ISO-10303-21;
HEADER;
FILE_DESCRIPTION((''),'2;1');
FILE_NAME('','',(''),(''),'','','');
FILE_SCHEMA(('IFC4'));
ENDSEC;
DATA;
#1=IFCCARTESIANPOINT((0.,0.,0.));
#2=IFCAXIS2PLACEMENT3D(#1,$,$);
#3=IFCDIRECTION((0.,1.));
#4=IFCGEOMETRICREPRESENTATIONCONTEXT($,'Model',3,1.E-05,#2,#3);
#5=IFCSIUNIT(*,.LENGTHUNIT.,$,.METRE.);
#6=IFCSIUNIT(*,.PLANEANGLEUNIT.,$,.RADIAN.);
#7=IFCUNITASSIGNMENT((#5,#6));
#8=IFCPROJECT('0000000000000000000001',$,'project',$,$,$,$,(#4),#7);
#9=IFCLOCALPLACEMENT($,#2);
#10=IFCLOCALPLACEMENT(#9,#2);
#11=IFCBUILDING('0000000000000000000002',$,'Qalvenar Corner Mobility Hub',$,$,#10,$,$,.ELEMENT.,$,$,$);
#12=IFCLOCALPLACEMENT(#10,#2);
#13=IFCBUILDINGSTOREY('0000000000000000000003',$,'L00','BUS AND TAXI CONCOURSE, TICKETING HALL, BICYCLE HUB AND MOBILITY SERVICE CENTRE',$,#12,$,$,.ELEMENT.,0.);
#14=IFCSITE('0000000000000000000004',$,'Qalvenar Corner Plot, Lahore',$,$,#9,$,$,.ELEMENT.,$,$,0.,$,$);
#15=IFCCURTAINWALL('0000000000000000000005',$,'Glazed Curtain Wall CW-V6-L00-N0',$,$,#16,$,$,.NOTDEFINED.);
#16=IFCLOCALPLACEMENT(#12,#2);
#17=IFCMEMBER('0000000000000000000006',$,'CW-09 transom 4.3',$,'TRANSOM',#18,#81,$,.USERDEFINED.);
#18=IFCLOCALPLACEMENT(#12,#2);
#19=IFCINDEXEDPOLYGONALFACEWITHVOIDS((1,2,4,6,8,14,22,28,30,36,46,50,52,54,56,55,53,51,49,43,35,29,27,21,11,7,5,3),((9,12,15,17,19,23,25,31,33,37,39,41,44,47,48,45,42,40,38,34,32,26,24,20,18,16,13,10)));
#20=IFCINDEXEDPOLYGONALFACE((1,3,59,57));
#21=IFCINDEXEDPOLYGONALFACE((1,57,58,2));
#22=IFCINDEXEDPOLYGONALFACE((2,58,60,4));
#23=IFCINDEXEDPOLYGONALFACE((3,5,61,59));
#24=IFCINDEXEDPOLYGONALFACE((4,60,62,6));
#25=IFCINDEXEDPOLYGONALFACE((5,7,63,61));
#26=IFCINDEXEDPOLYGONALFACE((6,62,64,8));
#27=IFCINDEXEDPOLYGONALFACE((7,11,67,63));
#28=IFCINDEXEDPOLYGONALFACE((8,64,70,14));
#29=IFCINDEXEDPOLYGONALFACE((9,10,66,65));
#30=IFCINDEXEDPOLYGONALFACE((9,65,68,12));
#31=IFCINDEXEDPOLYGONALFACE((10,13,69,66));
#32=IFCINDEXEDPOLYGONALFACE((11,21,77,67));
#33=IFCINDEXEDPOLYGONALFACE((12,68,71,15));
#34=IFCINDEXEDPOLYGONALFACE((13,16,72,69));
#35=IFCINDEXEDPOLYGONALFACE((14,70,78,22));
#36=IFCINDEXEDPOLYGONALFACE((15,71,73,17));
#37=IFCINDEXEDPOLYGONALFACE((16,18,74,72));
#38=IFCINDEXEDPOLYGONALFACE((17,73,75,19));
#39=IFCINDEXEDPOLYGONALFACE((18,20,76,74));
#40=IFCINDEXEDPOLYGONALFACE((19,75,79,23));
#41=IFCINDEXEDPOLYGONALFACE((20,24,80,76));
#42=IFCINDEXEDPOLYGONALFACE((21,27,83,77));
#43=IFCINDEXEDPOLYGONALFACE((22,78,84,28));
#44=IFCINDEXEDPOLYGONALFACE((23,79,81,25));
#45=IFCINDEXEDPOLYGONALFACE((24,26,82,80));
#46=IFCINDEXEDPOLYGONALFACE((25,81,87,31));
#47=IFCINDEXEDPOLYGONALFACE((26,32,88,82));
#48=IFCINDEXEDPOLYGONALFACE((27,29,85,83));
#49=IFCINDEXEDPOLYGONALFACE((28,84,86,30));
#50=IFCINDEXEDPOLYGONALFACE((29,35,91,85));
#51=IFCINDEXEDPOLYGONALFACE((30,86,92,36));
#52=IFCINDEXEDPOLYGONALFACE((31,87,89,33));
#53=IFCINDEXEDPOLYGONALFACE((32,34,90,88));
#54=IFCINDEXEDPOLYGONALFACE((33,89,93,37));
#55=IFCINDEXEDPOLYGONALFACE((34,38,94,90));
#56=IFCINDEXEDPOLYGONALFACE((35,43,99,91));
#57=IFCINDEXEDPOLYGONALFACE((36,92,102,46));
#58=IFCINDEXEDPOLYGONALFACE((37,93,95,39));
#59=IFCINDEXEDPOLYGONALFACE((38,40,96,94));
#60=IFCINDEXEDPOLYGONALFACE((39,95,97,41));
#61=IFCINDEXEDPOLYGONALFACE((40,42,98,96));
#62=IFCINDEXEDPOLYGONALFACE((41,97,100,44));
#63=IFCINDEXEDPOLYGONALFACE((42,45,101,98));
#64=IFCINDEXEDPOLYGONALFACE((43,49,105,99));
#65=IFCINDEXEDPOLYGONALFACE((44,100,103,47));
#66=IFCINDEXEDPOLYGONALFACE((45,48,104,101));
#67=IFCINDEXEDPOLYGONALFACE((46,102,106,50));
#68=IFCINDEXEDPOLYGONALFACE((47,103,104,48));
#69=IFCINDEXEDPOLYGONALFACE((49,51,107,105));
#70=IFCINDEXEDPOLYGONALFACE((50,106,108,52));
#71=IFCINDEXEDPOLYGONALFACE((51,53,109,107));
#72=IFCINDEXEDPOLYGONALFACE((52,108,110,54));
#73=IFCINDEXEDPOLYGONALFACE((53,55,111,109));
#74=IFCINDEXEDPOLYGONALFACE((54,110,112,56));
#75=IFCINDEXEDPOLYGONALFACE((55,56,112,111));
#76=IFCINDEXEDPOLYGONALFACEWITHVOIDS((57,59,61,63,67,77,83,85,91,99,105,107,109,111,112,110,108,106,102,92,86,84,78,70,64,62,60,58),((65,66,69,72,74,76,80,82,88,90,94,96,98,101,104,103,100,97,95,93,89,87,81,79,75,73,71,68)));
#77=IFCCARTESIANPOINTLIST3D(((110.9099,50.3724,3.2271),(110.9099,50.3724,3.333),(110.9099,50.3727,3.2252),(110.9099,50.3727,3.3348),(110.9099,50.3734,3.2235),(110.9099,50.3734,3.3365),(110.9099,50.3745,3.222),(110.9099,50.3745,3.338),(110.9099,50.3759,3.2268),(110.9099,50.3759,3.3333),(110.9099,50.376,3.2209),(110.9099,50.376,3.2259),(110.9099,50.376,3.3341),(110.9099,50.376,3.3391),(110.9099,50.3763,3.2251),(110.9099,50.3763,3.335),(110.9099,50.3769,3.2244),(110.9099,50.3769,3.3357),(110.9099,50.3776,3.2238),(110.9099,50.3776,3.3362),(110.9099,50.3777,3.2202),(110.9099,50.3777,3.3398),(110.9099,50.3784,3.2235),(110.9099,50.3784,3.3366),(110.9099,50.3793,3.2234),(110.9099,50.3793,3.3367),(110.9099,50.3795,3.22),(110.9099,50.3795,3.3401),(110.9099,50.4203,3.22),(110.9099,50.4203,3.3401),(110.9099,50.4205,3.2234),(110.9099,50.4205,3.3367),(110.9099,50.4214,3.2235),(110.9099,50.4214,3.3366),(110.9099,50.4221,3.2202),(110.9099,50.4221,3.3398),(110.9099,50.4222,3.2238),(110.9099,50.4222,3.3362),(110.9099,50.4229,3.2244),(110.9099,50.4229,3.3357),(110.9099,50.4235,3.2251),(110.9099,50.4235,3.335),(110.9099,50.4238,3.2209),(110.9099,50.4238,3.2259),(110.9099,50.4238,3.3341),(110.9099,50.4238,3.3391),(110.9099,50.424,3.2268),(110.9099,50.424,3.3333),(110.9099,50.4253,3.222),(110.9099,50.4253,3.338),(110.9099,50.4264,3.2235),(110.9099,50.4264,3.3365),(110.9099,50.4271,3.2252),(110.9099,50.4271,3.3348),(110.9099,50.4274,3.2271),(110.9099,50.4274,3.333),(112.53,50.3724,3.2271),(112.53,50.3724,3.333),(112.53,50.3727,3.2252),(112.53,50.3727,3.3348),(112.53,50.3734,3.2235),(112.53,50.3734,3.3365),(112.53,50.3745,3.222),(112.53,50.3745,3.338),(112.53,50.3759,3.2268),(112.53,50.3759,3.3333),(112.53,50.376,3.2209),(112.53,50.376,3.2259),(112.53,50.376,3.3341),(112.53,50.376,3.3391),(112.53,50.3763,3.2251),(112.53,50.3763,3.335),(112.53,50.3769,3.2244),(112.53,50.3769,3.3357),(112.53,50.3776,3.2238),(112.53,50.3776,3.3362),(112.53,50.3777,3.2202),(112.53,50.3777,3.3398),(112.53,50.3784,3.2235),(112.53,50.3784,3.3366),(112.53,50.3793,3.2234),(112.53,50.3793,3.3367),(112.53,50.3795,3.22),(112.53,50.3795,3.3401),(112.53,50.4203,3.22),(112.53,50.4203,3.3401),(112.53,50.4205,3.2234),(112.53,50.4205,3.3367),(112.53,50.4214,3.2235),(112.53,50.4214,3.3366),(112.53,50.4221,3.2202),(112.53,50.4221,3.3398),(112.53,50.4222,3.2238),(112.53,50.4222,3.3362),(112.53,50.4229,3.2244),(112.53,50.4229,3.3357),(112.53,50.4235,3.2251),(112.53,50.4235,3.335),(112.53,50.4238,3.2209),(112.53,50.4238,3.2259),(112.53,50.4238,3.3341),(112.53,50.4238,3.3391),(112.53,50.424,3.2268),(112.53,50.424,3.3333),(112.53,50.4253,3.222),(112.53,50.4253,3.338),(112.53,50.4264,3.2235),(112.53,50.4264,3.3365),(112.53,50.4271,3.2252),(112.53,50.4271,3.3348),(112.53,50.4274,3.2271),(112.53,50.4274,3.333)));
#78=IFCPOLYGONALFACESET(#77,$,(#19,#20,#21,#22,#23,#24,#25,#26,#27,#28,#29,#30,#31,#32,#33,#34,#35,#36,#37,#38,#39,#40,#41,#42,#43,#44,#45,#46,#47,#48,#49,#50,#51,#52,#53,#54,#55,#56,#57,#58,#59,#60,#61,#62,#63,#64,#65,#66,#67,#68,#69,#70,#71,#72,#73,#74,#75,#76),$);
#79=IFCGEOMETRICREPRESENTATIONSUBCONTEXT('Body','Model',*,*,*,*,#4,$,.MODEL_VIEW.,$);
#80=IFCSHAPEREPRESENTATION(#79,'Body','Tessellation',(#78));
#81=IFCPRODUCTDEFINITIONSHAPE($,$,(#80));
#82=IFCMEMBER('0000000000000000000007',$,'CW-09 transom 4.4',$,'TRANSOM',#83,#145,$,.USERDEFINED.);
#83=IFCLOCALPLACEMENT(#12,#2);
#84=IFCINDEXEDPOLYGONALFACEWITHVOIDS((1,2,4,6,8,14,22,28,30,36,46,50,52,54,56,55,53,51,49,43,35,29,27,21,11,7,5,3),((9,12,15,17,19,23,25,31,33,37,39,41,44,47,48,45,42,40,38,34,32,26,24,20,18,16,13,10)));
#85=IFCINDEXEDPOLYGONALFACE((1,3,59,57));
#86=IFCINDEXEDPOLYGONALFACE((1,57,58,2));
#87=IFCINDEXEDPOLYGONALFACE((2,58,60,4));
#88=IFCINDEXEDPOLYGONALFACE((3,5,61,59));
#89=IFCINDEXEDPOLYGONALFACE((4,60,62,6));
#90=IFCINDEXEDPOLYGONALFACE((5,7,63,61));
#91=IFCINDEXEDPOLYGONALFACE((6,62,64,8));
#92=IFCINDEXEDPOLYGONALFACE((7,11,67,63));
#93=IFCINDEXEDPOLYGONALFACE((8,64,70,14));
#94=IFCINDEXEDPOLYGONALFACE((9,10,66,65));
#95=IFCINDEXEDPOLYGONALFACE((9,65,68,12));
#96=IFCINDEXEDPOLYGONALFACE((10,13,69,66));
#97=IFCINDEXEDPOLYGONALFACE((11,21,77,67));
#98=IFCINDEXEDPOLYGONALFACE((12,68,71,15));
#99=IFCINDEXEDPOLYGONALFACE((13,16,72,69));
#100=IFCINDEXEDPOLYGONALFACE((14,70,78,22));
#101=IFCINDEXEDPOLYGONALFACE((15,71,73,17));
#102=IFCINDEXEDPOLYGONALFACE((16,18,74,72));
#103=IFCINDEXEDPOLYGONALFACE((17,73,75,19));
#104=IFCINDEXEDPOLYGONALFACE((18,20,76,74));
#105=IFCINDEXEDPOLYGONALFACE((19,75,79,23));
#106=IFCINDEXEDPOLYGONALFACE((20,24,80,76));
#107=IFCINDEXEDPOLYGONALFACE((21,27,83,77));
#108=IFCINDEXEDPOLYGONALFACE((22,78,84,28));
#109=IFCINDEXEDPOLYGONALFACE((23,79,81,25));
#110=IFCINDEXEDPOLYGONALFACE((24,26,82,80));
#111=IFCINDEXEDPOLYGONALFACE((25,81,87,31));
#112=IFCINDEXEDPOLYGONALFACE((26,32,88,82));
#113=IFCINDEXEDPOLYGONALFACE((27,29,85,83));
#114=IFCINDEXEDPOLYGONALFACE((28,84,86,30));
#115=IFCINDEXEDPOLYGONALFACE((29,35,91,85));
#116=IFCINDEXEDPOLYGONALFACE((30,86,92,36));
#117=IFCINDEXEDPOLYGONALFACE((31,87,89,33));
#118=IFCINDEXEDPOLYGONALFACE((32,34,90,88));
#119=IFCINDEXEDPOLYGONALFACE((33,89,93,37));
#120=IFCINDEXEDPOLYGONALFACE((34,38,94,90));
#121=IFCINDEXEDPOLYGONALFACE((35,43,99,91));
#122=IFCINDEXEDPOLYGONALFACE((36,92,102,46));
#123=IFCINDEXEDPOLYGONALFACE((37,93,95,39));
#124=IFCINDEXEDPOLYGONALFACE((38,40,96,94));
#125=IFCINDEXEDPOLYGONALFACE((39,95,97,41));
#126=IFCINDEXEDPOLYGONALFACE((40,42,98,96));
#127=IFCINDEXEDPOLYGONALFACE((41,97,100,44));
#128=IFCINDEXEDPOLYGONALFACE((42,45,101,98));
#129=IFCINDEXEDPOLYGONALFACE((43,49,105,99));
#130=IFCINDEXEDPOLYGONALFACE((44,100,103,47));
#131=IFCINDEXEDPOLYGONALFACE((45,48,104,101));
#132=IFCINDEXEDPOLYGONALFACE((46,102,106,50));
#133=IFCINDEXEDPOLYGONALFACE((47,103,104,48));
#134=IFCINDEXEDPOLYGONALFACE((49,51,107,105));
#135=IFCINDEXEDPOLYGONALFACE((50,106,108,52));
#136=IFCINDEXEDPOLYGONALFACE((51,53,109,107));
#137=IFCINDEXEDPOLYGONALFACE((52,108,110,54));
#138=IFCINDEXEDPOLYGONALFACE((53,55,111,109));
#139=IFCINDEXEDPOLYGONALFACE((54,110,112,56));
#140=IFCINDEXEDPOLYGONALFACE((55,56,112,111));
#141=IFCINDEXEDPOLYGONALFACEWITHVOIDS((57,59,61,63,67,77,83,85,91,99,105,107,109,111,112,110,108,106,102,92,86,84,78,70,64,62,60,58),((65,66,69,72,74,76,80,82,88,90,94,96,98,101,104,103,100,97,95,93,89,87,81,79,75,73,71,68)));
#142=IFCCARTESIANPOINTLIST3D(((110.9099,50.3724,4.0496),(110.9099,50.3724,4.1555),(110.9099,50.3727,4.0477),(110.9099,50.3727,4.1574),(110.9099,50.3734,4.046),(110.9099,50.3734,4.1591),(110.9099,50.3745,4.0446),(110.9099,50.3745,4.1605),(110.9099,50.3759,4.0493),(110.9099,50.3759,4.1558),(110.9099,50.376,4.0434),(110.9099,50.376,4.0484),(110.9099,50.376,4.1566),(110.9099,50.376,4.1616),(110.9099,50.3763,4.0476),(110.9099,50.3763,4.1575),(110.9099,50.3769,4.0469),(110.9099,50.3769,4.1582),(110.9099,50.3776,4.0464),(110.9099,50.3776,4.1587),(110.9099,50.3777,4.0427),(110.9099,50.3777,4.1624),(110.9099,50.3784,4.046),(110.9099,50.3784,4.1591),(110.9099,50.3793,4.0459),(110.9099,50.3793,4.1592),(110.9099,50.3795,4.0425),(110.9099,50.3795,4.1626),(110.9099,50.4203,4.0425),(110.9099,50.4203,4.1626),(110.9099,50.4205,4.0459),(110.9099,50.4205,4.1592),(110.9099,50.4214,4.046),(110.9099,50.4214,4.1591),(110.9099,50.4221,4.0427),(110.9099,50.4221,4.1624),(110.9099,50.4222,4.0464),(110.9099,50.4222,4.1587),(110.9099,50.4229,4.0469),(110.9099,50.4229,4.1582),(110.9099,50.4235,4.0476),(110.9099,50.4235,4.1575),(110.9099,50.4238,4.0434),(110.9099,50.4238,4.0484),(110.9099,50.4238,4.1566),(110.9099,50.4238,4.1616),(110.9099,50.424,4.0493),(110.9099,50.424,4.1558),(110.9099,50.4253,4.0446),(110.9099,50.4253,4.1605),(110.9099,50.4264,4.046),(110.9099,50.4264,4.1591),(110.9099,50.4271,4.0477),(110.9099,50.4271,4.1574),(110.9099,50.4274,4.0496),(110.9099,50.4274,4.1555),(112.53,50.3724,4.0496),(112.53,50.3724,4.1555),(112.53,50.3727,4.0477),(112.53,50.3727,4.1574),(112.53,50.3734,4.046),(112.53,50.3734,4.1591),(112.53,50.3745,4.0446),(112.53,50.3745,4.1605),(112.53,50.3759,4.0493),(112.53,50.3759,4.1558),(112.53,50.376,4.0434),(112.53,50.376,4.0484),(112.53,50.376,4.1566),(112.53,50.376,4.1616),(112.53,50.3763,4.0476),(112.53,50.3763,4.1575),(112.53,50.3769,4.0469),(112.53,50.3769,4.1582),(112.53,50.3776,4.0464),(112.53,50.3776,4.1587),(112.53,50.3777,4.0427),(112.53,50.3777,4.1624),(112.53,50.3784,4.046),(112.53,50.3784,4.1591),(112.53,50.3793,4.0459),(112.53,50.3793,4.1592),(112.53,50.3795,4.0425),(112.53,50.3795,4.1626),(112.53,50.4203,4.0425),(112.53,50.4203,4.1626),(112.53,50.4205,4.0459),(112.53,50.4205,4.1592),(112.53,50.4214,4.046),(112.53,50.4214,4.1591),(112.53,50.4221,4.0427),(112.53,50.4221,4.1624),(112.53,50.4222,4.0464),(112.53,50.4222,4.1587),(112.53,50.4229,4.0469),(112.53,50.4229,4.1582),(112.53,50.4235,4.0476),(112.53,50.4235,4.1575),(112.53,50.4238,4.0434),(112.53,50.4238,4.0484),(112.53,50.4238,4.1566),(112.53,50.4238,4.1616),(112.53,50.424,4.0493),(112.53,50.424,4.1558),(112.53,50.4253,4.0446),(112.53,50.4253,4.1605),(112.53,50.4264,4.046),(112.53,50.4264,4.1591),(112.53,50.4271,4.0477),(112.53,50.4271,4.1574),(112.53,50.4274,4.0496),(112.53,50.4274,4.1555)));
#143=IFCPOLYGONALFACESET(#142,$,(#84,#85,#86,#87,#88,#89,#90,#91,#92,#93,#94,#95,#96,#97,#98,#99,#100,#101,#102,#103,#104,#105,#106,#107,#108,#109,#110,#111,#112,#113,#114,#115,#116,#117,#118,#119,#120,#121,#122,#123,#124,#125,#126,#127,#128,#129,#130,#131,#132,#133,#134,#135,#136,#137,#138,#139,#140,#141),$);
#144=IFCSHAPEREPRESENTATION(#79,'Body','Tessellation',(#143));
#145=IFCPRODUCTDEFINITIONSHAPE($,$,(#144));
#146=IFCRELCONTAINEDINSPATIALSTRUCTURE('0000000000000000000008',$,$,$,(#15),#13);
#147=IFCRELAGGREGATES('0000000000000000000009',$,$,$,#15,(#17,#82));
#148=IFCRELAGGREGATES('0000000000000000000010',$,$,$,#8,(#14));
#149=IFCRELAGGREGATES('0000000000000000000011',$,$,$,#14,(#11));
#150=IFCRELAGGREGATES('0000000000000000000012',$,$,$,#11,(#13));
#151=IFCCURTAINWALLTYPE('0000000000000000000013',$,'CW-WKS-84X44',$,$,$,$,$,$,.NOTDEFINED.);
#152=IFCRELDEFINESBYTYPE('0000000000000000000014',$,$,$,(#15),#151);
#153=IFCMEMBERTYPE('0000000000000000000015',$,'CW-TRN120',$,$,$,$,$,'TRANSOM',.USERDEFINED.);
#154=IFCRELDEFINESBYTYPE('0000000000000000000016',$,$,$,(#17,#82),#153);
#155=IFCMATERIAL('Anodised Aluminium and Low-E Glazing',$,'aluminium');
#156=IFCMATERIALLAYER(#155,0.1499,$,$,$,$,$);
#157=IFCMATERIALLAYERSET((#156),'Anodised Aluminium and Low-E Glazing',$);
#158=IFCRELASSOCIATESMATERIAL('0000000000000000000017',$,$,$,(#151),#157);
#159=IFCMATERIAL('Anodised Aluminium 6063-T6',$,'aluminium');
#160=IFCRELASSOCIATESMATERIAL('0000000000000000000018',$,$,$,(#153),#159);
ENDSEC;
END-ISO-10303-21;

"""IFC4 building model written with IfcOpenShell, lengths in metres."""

from ifc_helpers import new_model, si_unit, direction, frame, origin, origin_2d, place, context, subcontext, project, spatial, hollow_rectangle, extrude, material, layer, layer_set, material_profile, profile_set, type_object, element, aggregate, save


model = new_model("IFC4")

# Units and contexts
model_context = context("Model", 3, precision=1e-05, world=origin(), true_north=direction((0.0, 1.0)))
body_context = subcontext(model_context, "Body", "Model", "MODEL_VIEW")
ifc_project = project(units=[si_unit("LENGTHUNIT", "METRE"), si_unit("PLANEANGLEUNIT", "RADIAN")], contexts=[model_context])

# Site, building, storey
site_placement = place(None, origin())
site = spatial("IfcSite", under=ifc_project, at=site_placement, Name="Qalvenar Corner Plot, Lahore", CompositionType="ELEMENT", RefElevation=0.0)
building_placement = place(site_placement, origin())
building = spatial("IfcBuilding", under=site, at=building_placement, Name="Qalvenar Corner Mobility Hub", CompositionType="ELEMENT")
storey_placement = place(building_placement, origin())
storey = spatial("IfcBuildingStorey", under=building, at=storey_placement, Name="L00", Description="BUS AND TAXI CONCOURSE, TICKETING HALL, BICYCLE HUB AND MOBILITY SERVICE CENTRE", CompositionType="ELEMENT", Elevation=0.0)

# Curtain wall, members
ifc_material_1 = material(Name="Anodised Aluminium and Low-E Glazing", Category="aluminium")
ifc_layer_1 = layer(ifc_material_1, 0.1499)
ifc_layer_set_1 = layer_set([ifc_layer_1], Name="Anodised Aluminium and Low-E Glazing")
curtain_wall_type = type_object("IfcCurtainWallType", Name="CW-WKS-84X44", PredefinedType="NOTDEFINED", material=ifc_layer_set_1)
curtain_wall_placement = place(storey_placement, origin())
curtain_wall = element("IfcCurtainWall", 1, at=curtain_wall_placement, inside=storey, type_object=curtain_wall_type, Name="Glazed Curtain Wall CW-V6-L00-N0", PredefinedType="NOTDEFINED")
ifc_material_2 = material(Name="Anodised Aluminium 6063-T6", Category="aluminium")
ifc_material_profile_1 = material_profile(ifc_material_2, hollow_rectangle(XDim=0.0549, YDim=0.1201, WallThickness=0.0034, InnerFilletRadius=0.0034, OuterFilletRadius=0.0071, at=origin_2d()), Name="RHS120x55x3.5")
ifc_profile_set_1 = profile_set([ifc_material_profile_1], Name="Anodised Aluminium 6063-T6")
member_type_1 = type_object("IfcMemberType", Name="CW-TRN120", ElementType="TRANSOM", PredefinedType="USERDEFINED", material=ifc_profile_set_1)
member_1_placement = place(storey_placement, frame((112.53, 50.3999, 3.28), z_axis=(-1.0, 0.0, 0.0), x_axis=(0.0, -1.0, 0.0)))
member_1 = element("IfcMember", 2, at=member_1_placement, type_object=member_type_1, Name="CW-09 transom 4.3", ObjectType="TRANSOM", PredefinedType="USERDEFINED", context=body_context, shape_type="SweptSolid", body=[
    extrude(hollow_rectangle(XDim=0.0549, YDim=0.1201, WallThickness=0.0034, InnerFilletRadius=0.0034, OuterFilletRadius=0.0071, at=origin_2d()), origin(), (0.0, 0.0, 1.0), 1.6201),
])
member_2_placement = place(storey_placement, frame((112.53, 50.3999, 4.1025), z_axis=(-1.0, 0.0, 0.0), x_axis=(0.0, -1.0, 0.0)))
member_2 = element("IfcMember", 3, at=member_2_placement, type_object=member_type_1, Name="CW-09 transom 4.4", ObjectType="TRANSOM", PredefinedType="USERDEFINED", context=body_context, shape_type="SweptSolid", body=[
    extrude(hollow_rectangle(XDim=0.0549, YDim=0.1201, WallThickness=0.0034, InnerFilletRadius=0.0034, OuterFilletRadius=0.0071, at=origin_2d()), origin(), (0.0, 0.0, 1.0), 1.6201),
])
aggregate(curtain_wall, [member_1, member_2])

save(model, "model.ifc")
